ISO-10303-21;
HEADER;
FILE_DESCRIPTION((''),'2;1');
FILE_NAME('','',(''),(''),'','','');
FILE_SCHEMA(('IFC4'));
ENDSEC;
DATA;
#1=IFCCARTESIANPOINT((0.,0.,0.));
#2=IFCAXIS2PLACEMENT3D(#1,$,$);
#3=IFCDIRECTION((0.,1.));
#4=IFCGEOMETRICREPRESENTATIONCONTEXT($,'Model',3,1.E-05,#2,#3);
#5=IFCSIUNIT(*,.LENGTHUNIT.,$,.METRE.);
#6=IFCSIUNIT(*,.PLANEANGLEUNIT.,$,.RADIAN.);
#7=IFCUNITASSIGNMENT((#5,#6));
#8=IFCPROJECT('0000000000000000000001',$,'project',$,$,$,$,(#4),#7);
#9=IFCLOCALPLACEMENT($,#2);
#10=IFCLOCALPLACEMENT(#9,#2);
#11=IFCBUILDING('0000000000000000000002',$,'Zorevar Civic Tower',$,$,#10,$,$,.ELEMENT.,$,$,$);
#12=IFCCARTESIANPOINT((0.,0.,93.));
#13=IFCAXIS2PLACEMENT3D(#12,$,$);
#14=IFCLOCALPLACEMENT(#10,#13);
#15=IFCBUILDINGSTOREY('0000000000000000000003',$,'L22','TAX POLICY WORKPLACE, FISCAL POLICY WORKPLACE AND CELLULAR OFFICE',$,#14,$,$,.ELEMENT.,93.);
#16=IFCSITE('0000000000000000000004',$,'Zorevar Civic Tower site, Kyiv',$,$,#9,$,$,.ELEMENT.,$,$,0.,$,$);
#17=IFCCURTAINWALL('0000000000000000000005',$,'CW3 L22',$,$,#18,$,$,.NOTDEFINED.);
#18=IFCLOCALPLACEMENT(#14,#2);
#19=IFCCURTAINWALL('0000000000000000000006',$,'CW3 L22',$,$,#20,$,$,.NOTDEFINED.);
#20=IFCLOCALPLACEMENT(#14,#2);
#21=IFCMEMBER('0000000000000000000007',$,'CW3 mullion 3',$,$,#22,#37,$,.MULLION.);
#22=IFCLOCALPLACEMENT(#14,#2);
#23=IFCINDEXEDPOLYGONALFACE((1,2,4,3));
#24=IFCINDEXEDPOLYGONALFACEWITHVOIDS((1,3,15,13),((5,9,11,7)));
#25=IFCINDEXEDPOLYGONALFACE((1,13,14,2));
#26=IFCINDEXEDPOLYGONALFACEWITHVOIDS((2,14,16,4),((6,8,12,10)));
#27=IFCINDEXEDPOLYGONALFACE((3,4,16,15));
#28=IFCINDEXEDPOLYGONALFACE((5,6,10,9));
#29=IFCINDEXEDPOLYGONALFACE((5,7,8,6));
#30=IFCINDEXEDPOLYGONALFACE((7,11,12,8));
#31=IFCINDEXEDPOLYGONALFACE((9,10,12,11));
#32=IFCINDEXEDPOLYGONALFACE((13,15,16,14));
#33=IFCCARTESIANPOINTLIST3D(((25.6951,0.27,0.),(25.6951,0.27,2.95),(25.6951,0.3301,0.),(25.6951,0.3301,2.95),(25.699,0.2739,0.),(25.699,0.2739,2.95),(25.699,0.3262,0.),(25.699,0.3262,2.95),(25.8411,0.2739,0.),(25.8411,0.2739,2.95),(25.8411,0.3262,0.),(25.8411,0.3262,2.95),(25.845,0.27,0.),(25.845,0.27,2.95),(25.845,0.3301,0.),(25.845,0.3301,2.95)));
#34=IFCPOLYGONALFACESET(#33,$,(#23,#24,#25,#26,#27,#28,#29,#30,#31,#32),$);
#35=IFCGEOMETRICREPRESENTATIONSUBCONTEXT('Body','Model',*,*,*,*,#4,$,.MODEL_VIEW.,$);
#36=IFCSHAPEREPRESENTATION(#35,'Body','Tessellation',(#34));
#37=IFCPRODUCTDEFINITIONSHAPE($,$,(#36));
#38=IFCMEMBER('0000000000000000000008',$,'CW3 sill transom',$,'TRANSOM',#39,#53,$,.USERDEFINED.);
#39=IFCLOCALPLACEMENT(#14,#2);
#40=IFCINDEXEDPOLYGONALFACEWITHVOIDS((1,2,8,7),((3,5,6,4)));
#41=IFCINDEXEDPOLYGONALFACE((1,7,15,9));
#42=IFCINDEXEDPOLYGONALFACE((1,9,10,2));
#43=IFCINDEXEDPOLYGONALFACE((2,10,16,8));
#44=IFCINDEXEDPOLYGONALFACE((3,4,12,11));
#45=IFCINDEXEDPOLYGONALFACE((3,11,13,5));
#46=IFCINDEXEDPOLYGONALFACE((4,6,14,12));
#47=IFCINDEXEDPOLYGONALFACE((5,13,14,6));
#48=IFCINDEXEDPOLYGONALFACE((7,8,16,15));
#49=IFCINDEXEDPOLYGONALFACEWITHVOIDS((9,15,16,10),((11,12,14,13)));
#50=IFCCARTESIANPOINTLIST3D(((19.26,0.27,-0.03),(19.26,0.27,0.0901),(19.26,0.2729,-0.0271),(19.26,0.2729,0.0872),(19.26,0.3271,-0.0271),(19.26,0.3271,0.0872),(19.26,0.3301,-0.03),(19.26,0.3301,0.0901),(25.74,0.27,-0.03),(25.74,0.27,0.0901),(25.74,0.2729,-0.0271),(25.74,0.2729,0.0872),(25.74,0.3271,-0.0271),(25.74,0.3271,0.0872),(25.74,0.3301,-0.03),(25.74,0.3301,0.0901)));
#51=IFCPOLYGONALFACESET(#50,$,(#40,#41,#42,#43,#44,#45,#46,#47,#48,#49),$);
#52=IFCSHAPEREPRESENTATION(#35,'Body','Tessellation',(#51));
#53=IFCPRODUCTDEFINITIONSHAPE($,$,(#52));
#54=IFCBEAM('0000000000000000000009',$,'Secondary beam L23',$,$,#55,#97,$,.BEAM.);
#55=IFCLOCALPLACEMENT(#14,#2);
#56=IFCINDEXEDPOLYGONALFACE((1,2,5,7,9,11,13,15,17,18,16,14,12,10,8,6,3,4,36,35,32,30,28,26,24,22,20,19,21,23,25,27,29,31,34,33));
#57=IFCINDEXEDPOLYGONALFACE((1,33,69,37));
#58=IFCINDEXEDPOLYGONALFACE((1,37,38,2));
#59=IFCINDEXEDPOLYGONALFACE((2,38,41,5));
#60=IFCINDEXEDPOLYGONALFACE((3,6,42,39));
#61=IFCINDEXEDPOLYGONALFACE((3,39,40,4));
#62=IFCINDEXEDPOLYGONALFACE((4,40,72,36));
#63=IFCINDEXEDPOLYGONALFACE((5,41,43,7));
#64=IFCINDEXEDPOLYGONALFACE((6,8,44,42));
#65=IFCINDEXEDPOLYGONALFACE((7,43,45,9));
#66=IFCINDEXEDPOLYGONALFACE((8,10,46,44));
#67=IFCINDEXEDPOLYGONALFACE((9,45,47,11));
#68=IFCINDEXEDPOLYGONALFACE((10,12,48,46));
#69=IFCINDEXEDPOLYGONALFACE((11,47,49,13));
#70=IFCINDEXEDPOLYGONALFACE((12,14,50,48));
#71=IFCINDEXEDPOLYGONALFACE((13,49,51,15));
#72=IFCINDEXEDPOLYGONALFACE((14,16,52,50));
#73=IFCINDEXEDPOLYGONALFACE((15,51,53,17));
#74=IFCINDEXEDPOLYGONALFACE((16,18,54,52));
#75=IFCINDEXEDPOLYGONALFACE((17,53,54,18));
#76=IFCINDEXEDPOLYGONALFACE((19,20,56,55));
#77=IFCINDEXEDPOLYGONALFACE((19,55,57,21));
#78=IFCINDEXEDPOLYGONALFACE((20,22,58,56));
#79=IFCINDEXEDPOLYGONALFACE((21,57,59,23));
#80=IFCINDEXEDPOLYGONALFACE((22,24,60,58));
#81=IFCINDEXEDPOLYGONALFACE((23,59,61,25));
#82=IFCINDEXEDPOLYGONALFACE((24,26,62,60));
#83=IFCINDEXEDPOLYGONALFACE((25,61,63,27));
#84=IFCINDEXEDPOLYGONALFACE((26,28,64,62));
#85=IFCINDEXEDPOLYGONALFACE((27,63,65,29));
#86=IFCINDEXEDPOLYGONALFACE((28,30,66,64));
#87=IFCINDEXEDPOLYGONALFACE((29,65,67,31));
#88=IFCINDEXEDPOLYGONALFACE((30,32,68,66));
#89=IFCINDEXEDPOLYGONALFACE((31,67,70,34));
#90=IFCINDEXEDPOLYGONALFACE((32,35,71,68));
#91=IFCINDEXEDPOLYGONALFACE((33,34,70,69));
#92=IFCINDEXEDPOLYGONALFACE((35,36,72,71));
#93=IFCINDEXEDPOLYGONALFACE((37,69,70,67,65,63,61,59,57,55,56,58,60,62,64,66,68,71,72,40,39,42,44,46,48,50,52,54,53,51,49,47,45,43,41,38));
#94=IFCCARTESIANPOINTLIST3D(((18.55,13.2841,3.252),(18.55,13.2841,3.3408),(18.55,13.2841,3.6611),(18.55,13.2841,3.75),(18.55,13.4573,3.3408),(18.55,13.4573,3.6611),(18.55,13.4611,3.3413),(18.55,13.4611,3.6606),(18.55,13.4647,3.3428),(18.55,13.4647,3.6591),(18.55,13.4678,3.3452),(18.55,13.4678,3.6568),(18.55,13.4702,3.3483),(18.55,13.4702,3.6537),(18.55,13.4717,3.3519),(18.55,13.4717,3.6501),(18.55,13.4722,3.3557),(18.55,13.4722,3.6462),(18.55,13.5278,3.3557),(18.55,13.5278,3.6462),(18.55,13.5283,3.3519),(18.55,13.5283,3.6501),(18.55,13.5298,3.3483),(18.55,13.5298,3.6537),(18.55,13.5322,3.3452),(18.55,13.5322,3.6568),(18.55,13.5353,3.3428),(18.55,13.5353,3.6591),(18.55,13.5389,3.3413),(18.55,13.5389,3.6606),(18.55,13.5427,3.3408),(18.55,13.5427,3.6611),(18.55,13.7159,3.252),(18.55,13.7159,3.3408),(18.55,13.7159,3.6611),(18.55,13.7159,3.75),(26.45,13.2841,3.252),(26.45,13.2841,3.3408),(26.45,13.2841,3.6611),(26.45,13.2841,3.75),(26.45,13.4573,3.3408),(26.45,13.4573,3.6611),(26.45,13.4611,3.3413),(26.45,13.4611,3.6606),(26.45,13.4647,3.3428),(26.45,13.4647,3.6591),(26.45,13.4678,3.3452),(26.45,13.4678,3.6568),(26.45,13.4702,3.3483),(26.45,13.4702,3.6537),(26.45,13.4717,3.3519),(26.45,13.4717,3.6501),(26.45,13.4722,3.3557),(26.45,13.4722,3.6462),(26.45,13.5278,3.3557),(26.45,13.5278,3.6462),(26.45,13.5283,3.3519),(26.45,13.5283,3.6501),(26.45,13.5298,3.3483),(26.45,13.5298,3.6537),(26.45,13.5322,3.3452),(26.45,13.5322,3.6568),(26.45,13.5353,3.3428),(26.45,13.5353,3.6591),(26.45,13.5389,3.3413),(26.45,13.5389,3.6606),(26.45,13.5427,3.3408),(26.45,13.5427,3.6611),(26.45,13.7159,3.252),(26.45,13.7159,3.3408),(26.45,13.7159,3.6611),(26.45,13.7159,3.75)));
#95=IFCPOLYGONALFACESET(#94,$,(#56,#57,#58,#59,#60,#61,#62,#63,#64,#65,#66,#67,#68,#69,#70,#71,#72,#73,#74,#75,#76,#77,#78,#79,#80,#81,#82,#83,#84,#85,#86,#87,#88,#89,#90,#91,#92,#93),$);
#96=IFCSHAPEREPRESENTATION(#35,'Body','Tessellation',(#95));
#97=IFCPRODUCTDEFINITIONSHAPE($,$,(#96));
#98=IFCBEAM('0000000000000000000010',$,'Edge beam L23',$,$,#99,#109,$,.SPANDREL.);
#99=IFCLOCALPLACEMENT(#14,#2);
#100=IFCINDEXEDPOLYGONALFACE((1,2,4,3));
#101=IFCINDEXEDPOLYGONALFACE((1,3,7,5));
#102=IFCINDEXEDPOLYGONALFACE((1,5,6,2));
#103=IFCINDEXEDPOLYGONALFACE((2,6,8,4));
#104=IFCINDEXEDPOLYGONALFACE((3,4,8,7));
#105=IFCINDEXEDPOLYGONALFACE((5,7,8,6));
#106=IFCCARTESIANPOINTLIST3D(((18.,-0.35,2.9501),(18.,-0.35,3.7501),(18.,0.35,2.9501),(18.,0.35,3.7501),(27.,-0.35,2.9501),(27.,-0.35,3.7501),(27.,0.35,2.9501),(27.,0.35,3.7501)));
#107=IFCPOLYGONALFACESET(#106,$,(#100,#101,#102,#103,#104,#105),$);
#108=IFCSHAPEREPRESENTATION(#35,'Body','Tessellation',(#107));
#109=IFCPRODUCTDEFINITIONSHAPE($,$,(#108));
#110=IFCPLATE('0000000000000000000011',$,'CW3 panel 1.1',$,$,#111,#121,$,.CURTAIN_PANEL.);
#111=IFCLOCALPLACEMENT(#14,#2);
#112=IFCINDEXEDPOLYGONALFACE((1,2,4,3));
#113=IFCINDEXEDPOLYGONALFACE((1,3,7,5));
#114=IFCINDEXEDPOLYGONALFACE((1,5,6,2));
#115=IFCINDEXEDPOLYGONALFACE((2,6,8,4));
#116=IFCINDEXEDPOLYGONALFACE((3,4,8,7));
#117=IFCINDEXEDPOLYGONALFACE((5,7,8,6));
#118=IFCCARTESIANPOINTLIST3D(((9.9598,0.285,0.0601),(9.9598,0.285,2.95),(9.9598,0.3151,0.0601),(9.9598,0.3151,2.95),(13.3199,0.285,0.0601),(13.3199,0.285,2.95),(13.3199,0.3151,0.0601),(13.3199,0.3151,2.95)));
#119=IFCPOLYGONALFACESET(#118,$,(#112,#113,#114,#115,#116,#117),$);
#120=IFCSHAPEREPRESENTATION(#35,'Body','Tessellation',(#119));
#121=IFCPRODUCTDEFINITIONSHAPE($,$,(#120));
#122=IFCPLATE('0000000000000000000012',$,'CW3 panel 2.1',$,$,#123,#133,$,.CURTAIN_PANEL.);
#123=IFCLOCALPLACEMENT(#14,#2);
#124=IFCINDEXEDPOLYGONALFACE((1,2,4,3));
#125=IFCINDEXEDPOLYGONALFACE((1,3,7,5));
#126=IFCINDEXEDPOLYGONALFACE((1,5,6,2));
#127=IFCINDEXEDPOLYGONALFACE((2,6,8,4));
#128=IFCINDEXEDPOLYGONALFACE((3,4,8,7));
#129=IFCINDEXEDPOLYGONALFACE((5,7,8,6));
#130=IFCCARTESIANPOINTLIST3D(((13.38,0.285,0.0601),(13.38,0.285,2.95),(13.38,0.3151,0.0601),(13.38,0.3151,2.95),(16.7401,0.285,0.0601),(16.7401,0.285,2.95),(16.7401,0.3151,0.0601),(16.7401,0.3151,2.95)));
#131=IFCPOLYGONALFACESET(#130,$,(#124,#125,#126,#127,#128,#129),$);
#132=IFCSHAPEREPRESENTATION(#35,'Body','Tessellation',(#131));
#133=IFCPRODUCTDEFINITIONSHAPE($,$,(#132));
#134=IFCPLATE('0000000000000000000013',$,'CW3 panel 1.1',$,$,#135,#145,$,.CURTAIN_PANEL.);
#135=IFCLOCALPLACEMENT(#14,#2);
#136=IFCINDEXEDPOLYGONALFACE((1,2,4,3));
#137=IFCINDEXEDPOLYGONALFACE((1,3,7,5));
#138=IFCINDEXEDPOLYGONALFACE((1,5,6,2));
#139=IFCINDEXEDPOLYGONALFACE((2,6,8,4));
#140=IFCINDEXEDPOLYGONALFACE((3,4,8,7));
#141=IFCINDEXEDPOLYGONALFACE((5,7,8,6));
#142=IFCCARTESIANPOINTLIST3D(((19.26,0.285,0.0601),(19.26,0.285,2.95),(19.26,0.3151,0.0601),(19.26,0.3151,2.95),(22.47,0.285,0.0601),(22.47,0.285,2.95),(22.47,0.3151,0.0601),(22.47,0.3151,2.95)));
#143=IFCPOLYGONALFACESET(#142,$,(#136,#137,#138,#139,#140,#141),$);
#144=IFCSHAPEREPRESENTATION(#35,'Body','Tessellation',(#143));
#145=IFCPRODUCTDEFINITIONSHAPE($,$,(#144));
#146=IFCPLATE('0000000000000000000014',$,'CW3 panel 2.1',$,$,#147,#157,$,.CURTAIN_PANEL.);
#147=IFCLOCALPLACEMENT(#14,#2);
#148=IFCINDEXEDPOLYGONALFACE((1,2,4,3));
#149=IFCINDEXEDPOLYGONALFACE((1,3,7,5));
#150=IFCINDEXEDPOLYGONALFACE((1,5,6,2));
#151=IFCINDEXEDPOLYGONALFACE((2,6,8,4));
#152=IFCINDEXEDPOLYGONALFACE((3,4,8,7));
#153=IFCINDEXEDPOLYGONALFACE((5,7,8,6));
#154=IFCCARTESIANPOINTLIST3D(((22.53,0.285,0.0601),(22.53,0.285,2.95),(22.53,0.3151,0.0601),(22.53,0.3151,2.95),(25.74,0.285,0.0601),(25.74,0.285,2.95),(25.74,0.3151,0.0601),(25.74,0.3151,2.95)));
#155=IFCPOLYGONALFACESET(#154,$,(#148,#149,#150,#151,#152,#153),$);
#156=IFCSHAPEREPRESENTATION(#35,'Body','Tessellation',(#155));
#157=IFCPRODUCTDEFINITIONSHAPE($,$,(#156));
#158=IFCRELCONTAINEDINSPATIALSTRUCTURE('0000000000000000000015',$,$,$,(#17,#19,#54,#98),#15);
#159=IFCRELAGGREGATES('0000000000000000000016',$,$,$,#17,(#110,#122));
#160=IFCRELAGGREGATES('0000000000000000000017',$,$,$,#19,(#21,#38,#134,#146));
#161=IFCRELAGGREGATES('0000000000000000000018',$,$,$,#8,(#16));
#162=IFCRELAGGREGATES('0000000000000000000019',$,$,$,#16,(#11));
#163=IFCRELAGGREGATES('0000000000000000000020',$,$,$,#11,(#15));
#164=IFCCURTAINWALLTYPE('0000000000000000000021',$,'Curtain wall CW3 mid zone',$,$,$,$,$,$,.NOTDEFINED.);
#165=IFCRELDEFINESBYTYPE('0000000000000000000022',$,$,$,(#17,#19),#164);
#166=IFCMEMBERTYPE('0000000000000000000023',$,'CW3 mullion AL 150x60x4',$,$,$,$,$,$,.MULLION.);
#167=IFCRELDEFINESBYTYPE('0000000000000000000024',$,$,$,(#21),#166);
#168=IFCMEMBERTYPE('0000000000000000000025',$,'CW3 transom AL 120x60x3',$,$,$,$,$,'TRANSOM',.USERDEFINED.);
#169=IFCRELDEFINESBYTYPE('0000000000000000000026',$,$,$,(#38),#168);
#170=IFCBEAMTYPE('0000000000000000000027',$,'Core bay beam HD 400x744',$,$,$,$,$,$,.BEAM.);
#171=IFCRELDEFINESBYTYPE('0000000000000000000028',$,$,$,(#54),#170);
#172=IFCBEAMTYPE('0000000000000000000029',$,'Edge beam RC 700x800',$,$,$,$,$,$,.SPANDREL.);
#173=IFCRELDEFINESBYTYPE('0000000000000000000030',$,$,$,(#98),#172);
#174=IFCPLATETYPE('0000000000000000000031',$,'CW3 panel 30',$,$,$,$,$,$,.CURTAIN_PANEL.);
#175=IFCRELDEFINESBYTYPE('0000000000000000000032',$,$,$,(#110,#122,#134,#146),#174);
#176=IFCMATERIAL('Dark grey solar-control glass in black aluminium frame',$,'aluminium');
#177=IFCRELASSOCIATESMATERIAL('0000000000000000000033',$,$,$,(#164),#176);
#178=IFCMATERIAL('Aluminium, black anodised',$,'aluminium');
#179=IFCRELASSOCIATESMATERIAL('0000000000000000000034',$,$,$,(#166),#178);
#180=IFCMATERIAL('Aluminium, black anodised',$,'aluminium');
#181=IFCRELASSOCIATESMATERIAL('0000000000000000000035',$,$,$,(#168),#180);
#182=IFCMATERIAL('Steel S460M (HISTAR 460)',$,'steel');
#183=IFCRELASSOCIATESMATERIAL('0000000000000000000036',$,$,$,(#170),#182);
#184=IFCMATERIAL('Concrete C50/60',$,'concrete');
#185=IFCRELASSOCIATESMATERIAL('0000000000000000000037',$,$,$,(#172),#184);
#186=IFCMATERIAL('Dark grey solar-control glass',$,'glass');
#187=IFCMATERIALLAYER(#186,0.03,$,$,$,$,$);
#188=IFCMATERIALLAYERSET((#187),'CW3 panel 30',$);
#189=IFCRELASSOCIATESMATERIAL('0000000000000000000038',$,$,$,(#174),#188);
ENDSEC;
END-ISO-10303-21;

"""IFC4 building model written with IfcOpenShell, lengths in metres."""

from ifc_helpers import new_model, si_unit, direction, frame, origin, origin_2d, place, context, subcontext, project, spatial, rectangle, hollow_rectangle, i_section, extrude, material, layer, layer_set, material_profile, profile_set, type_object, element, aggregate, save


model = new_model("IFC4")

# Units and contexts
model_context = context("Model", 3, precision=1e-05, world=origin(), true_north=direction((0.0, 1.0)))
body_context = subcontext(model_context, "Body", "Model", "MODEL_VIEW")
ifc_project = project(units=[si_unit("LENGTHUNIT", "METRE"), si_unit("PLANEANGLEUNIT", "RADIAN")], contexts=[model_context])

# Site, building, storey
site_placement = place(None, origin())
site = spatial("IfcSite", under=ifc_project, at=site_placement, Name="Zorevar Civic Tower site, Kyiv", CompositionType="ELEMENT", RefElevation=0.0)
building_placement = place(site_placement, origin())
building = spatial("IfcBuilding", under=site, at=building_placement, Name="Zorevar Civic Tower", CompositionType="ELEMENT")
storey_placement = place(building_placement, frame((0.0, 0.0, 93.0)))
storey = spatial("IfcBuildingStorey", under=building, at=storey_placement, Name="L22", Description="TAX POLICY WORKPLACE, FISCAL POLICY WORKPLACE AND CELLULAR OFFICE", CompositionType="ELEMENT", Elevation=93.0)

# Curtain walls, members
ifc_material_1 = material(Name="Dark grey solar-control glass in black aluminium frame", Category="aluminium")
curtain_wall_type = type_object("IfcCurtainWallType", Name="Curtain wall CW3 mid zone", PredefinedType="NOTDEFINED", material=ifc_material_1)
curtain_wall_1_placement = place(storey_placement, origin())
curtain_wall_1 = element("IfcCurtainWall", 1, at=curtain_wall_1_placement, inside=storey, type_object=curtain_wall_type, Name="CW3 L22", PredefinedType="NOTDEFINED")
ifc_material_2 = material(Name="Aluminium, black anodised", Category="aluminium")
ifc_material_profile_1 = material_profile(ifc_material_2, hollow_rectangle(XDim=0.0601, YDim=0.1499, WallThickness=0.0039, at=origin_2d()), Name="AL 150x60x4")
ifc_profile_set_1 = profile_set([ifc_material_profile_1], Name="Aluminium, black anodised")
member_type_1 = type_object("IfcMemberType", Name="CW3 mullion AL 150x60x4", PredefinedType="MULLION", material=ifc_profile_set_1)
curtain_wall_2_placement = place(storey_placement, origin())
curtain_wall_2 = element("IfcCurtainWall", 2, at=curtain_wall_2_placement, inside=storey, type_object=curtain_wall_type, Name="CW3 L22", PredefinedType="NOTDEFINED")
member_1_placement = place(storey_placement, frame((25.77, 0.3, 0.0), z_axis=(0.0, 0.0, 1.0), x_axis=(0.0, 1.0, 0.0)))
member_1 = element("IfcMember", 3, at=member_1_placement, type_object=member_type_1, Name="CW3 mullion 3", PredefinedType="MULLION", context=body_context, shape_type="SweptSolid", body=[
    extrude(hollow_rectangle(XDim=0.0601, YDim=0.1499, WallThickness=0.0039, at=origin_2d()), origin(), (0.0, 0.0, 1.0), 2.95),
])
ifc_material_3 = material(Name="Aluminium, black anodised", Category="aluminium")
ifc_material_profile_2 = material_profile(ifc_material_3, hollow_rectangle(XDim=0.0601, YDim=0.1201, WallThickness=0.0029, at=origin_2d()), Name="AL 120x60x3")
ifc_profile_set_2 = profile_set([ifc_material_profile_2], Name="Aluminium, black anodised")
member_type_2 = type_object("IfcMemberType", Name="CW3 transom AL 120x60x3", ElementType="TRANSOM", PredefinedType="USERDEFINED", material=ifc_profile_set_2)
member_2_placement = place(storey_placement, frame((19.26, 0.3, 0.03), z_axis=(1.0, 0.0, 0.0), x_axis=(0.0, 1.0, 0.0)))
member_2 = element("IfcMember", 4, at=member_2_placement, type_object=member_type_2, Name="CW3 sill transom", ObjectType="TRANSOM", PredefinedType="USERDEFINED", context=body_context, shape_type="SweptSolid", body=[
    extrude(hollow_rectangle(XDim=0.0601, YDim=0.1201, WallThickness=0.0029, at=origin_2d()), origin(), (0.0, 0.0, 1.0), 6.48),
])

# Beams
ifc_material_4 = material(Name="Steel S460M (HISTAR 460)", Category="steel")
ifc_material_profile_3 = material_profile(ifc_material_4, i_section(OverallWidth=0.4319, OverallDepth=0.498, WebThickness=0.0557, FlangeThickness=0.0889, FilletRadius=0.0149, at=origin_2d()), Name="HD 400x744")
ifc_profile_set_3 = profile_set([ifc_material_profile_3], Name="Steel S460M (HISTAR 460)")
beam_type_1 = type_object("IfcBeamType", Name="Core bay beam HD 400x744", PredefinedType="BEAM", material=ifc_profile_set_3)
beam_1_placement = place(storey_placement, frame((18.55, 13.5, 3.501), z_axis=(1.0, 0.0, 0.0), x_axis=(0.0, 1.0, 0.0)))
element("IfcBeam", 5, at=beam_1_placement, inside=storey, type_object=beam_type_1, Name="Secondary beam L23", PredefinedType="BEAM", context=body_context, shape_type="SweptSolid", body=[
    extrude(i_section(OverallWidth=0.4319, OverallDepth=0.498, WebThickness=0.0557, FlangeThickness=0.0889, FilletRadius=0.0149, at=origin_2d()), origin(), (0.0, 0.0, 1.0), 7.8999),
])
ifc_material_5 = material(Name="Concrete C50/60", Category="concrete")
ifc_material_profile_4 = material_profile(ifc_material_5, rectangle(XDim=0.7, YDim=0.8, at=origin_2d()), Name="RC 700x800")
ifc_profile_set_4 = profile_set([ifc_material_profile_4], Name="Concrete C50/60")
beam_type_2 = type_object("IfcBeamType", Name="Edge beam RC 700x800", PredefinedType="SPANDREL", material=ifc_profile_set_4)
beam_2_placement = place(storey_placement, frame((18.0, 0.0, 3.3501), z_axis=(1.0, 0.0, 0.0), x_axis=(0.0, 1.0, 0.0)))
element("IfcBeam", 6, at=beam_2_placement, inside=storey, type_object=beam_type_2, Name="Edge beam L23", PredefinedType="SPANDREL", context=body_context, shape_type="SweptSolid", body=[
    extrude(rectangle(XDim=0.7, YDim=0.8, at=origin_2d()), origin(), (0.0, 0.0, 1.0), 9.0),
])

# Plates
ifc_material_6 = material(Name="Dark grey solar-control glass", Category="glass")
ifc_layer_1 = layer(ifc_material_6, 0.03)
ifc_layer_set_1 = layer_set([ifc_layer_1], Name="CW3 panel 30")
plate_type = type_object("IfcPlateType", Name="CW3 panel 30", PredefinedType="CURTAIN_PANEL", material=ifc_layer_set_1)
plate_1_placement = place(storey_placement, frame((11.6399, 0.3, 0.0601), z_axis=(0.0, 0.0, 1.0), x_axis=(1.0, 0.0, 0.0)))
plate_1 = element("IfcPlate", 7, at=plate_1_placement, type_object=plate_type, Name="CW3 panel 1.1", PredefinedType="CURTAIN_PANEL", context=body_context, shape_type="SweptSolid", body=[
    extrude(rectangle(XDim=3.3601, YDim=0.03, at=origin_2d()), origin(), (0.0, 0.0, 1.0), 2.8899),
])
plate_2_placement = place(storey_placement, frame((15.0601, 0.3, 0.0601), z_axis=(0.0, 0.0, 1.0), x_axis=(1.0, 0.0, 0.0)))
plate_2 = element("IfcPlate", 8, at=plate_2_placement, type_object=plate_type, Name="CW3 panel 2.1", PredefinedType="CURTAIN_PANEL", context=body_context, shape_type="SweptSolid", body=[
    extrude(rectangle(XDim=3.3601, YDim=0.03, at=origin_2d()), origin(), (0.0, 0.0, 1.0), 2.8899),
])
aggregate(curtain_wall_1, [plate_1, plate_2])
plate_3_placement = place(storey_placement, frame((20.865, 0.3, 0.0601), z_axis=(0.0, 0.0, 1.0), x_axis=(1.0, 0.0, 0.0)))
plate_3 = element("IfcPlate", 9, at=plate_3_placement, type_object=plate_type, Name="CW3 panel 1.1", PredefinedType="CURTAIN_PANEL", context=body_context, shape_type="SweptSolid", body=[
    extrude(rectangle(XDim=3.21, YDim=0.03, at=origin_2d()), origin(), (0.0, 0.0, 1.0), 2.8899),
])
plate_4_placement = place(storey_placement, frame((24.135, 0.3, 0.0601), z_axis=(0.0, 0.0, 1.0), x_axis=(1.0, 0.0, 0.0)))
plate_4 = element("IfcPlate", 10, at=plate_4_placement, type_object=plate_type, Name="CW3 panel 2.1", PredefinedType="CURTAIN_PANEL", context=body_context, shape_type="SweptSolid", body=[
    extrude(rectangle(XDim=3.21, YDim=0.03, at=origin_2d()), origin(), (0.0, 0.0, 1.0), 2.8899),
])
aggregate(curtain_wall_2, [member_1, member_2, plate_3, plate_4])

save(model, "model.ifc")
